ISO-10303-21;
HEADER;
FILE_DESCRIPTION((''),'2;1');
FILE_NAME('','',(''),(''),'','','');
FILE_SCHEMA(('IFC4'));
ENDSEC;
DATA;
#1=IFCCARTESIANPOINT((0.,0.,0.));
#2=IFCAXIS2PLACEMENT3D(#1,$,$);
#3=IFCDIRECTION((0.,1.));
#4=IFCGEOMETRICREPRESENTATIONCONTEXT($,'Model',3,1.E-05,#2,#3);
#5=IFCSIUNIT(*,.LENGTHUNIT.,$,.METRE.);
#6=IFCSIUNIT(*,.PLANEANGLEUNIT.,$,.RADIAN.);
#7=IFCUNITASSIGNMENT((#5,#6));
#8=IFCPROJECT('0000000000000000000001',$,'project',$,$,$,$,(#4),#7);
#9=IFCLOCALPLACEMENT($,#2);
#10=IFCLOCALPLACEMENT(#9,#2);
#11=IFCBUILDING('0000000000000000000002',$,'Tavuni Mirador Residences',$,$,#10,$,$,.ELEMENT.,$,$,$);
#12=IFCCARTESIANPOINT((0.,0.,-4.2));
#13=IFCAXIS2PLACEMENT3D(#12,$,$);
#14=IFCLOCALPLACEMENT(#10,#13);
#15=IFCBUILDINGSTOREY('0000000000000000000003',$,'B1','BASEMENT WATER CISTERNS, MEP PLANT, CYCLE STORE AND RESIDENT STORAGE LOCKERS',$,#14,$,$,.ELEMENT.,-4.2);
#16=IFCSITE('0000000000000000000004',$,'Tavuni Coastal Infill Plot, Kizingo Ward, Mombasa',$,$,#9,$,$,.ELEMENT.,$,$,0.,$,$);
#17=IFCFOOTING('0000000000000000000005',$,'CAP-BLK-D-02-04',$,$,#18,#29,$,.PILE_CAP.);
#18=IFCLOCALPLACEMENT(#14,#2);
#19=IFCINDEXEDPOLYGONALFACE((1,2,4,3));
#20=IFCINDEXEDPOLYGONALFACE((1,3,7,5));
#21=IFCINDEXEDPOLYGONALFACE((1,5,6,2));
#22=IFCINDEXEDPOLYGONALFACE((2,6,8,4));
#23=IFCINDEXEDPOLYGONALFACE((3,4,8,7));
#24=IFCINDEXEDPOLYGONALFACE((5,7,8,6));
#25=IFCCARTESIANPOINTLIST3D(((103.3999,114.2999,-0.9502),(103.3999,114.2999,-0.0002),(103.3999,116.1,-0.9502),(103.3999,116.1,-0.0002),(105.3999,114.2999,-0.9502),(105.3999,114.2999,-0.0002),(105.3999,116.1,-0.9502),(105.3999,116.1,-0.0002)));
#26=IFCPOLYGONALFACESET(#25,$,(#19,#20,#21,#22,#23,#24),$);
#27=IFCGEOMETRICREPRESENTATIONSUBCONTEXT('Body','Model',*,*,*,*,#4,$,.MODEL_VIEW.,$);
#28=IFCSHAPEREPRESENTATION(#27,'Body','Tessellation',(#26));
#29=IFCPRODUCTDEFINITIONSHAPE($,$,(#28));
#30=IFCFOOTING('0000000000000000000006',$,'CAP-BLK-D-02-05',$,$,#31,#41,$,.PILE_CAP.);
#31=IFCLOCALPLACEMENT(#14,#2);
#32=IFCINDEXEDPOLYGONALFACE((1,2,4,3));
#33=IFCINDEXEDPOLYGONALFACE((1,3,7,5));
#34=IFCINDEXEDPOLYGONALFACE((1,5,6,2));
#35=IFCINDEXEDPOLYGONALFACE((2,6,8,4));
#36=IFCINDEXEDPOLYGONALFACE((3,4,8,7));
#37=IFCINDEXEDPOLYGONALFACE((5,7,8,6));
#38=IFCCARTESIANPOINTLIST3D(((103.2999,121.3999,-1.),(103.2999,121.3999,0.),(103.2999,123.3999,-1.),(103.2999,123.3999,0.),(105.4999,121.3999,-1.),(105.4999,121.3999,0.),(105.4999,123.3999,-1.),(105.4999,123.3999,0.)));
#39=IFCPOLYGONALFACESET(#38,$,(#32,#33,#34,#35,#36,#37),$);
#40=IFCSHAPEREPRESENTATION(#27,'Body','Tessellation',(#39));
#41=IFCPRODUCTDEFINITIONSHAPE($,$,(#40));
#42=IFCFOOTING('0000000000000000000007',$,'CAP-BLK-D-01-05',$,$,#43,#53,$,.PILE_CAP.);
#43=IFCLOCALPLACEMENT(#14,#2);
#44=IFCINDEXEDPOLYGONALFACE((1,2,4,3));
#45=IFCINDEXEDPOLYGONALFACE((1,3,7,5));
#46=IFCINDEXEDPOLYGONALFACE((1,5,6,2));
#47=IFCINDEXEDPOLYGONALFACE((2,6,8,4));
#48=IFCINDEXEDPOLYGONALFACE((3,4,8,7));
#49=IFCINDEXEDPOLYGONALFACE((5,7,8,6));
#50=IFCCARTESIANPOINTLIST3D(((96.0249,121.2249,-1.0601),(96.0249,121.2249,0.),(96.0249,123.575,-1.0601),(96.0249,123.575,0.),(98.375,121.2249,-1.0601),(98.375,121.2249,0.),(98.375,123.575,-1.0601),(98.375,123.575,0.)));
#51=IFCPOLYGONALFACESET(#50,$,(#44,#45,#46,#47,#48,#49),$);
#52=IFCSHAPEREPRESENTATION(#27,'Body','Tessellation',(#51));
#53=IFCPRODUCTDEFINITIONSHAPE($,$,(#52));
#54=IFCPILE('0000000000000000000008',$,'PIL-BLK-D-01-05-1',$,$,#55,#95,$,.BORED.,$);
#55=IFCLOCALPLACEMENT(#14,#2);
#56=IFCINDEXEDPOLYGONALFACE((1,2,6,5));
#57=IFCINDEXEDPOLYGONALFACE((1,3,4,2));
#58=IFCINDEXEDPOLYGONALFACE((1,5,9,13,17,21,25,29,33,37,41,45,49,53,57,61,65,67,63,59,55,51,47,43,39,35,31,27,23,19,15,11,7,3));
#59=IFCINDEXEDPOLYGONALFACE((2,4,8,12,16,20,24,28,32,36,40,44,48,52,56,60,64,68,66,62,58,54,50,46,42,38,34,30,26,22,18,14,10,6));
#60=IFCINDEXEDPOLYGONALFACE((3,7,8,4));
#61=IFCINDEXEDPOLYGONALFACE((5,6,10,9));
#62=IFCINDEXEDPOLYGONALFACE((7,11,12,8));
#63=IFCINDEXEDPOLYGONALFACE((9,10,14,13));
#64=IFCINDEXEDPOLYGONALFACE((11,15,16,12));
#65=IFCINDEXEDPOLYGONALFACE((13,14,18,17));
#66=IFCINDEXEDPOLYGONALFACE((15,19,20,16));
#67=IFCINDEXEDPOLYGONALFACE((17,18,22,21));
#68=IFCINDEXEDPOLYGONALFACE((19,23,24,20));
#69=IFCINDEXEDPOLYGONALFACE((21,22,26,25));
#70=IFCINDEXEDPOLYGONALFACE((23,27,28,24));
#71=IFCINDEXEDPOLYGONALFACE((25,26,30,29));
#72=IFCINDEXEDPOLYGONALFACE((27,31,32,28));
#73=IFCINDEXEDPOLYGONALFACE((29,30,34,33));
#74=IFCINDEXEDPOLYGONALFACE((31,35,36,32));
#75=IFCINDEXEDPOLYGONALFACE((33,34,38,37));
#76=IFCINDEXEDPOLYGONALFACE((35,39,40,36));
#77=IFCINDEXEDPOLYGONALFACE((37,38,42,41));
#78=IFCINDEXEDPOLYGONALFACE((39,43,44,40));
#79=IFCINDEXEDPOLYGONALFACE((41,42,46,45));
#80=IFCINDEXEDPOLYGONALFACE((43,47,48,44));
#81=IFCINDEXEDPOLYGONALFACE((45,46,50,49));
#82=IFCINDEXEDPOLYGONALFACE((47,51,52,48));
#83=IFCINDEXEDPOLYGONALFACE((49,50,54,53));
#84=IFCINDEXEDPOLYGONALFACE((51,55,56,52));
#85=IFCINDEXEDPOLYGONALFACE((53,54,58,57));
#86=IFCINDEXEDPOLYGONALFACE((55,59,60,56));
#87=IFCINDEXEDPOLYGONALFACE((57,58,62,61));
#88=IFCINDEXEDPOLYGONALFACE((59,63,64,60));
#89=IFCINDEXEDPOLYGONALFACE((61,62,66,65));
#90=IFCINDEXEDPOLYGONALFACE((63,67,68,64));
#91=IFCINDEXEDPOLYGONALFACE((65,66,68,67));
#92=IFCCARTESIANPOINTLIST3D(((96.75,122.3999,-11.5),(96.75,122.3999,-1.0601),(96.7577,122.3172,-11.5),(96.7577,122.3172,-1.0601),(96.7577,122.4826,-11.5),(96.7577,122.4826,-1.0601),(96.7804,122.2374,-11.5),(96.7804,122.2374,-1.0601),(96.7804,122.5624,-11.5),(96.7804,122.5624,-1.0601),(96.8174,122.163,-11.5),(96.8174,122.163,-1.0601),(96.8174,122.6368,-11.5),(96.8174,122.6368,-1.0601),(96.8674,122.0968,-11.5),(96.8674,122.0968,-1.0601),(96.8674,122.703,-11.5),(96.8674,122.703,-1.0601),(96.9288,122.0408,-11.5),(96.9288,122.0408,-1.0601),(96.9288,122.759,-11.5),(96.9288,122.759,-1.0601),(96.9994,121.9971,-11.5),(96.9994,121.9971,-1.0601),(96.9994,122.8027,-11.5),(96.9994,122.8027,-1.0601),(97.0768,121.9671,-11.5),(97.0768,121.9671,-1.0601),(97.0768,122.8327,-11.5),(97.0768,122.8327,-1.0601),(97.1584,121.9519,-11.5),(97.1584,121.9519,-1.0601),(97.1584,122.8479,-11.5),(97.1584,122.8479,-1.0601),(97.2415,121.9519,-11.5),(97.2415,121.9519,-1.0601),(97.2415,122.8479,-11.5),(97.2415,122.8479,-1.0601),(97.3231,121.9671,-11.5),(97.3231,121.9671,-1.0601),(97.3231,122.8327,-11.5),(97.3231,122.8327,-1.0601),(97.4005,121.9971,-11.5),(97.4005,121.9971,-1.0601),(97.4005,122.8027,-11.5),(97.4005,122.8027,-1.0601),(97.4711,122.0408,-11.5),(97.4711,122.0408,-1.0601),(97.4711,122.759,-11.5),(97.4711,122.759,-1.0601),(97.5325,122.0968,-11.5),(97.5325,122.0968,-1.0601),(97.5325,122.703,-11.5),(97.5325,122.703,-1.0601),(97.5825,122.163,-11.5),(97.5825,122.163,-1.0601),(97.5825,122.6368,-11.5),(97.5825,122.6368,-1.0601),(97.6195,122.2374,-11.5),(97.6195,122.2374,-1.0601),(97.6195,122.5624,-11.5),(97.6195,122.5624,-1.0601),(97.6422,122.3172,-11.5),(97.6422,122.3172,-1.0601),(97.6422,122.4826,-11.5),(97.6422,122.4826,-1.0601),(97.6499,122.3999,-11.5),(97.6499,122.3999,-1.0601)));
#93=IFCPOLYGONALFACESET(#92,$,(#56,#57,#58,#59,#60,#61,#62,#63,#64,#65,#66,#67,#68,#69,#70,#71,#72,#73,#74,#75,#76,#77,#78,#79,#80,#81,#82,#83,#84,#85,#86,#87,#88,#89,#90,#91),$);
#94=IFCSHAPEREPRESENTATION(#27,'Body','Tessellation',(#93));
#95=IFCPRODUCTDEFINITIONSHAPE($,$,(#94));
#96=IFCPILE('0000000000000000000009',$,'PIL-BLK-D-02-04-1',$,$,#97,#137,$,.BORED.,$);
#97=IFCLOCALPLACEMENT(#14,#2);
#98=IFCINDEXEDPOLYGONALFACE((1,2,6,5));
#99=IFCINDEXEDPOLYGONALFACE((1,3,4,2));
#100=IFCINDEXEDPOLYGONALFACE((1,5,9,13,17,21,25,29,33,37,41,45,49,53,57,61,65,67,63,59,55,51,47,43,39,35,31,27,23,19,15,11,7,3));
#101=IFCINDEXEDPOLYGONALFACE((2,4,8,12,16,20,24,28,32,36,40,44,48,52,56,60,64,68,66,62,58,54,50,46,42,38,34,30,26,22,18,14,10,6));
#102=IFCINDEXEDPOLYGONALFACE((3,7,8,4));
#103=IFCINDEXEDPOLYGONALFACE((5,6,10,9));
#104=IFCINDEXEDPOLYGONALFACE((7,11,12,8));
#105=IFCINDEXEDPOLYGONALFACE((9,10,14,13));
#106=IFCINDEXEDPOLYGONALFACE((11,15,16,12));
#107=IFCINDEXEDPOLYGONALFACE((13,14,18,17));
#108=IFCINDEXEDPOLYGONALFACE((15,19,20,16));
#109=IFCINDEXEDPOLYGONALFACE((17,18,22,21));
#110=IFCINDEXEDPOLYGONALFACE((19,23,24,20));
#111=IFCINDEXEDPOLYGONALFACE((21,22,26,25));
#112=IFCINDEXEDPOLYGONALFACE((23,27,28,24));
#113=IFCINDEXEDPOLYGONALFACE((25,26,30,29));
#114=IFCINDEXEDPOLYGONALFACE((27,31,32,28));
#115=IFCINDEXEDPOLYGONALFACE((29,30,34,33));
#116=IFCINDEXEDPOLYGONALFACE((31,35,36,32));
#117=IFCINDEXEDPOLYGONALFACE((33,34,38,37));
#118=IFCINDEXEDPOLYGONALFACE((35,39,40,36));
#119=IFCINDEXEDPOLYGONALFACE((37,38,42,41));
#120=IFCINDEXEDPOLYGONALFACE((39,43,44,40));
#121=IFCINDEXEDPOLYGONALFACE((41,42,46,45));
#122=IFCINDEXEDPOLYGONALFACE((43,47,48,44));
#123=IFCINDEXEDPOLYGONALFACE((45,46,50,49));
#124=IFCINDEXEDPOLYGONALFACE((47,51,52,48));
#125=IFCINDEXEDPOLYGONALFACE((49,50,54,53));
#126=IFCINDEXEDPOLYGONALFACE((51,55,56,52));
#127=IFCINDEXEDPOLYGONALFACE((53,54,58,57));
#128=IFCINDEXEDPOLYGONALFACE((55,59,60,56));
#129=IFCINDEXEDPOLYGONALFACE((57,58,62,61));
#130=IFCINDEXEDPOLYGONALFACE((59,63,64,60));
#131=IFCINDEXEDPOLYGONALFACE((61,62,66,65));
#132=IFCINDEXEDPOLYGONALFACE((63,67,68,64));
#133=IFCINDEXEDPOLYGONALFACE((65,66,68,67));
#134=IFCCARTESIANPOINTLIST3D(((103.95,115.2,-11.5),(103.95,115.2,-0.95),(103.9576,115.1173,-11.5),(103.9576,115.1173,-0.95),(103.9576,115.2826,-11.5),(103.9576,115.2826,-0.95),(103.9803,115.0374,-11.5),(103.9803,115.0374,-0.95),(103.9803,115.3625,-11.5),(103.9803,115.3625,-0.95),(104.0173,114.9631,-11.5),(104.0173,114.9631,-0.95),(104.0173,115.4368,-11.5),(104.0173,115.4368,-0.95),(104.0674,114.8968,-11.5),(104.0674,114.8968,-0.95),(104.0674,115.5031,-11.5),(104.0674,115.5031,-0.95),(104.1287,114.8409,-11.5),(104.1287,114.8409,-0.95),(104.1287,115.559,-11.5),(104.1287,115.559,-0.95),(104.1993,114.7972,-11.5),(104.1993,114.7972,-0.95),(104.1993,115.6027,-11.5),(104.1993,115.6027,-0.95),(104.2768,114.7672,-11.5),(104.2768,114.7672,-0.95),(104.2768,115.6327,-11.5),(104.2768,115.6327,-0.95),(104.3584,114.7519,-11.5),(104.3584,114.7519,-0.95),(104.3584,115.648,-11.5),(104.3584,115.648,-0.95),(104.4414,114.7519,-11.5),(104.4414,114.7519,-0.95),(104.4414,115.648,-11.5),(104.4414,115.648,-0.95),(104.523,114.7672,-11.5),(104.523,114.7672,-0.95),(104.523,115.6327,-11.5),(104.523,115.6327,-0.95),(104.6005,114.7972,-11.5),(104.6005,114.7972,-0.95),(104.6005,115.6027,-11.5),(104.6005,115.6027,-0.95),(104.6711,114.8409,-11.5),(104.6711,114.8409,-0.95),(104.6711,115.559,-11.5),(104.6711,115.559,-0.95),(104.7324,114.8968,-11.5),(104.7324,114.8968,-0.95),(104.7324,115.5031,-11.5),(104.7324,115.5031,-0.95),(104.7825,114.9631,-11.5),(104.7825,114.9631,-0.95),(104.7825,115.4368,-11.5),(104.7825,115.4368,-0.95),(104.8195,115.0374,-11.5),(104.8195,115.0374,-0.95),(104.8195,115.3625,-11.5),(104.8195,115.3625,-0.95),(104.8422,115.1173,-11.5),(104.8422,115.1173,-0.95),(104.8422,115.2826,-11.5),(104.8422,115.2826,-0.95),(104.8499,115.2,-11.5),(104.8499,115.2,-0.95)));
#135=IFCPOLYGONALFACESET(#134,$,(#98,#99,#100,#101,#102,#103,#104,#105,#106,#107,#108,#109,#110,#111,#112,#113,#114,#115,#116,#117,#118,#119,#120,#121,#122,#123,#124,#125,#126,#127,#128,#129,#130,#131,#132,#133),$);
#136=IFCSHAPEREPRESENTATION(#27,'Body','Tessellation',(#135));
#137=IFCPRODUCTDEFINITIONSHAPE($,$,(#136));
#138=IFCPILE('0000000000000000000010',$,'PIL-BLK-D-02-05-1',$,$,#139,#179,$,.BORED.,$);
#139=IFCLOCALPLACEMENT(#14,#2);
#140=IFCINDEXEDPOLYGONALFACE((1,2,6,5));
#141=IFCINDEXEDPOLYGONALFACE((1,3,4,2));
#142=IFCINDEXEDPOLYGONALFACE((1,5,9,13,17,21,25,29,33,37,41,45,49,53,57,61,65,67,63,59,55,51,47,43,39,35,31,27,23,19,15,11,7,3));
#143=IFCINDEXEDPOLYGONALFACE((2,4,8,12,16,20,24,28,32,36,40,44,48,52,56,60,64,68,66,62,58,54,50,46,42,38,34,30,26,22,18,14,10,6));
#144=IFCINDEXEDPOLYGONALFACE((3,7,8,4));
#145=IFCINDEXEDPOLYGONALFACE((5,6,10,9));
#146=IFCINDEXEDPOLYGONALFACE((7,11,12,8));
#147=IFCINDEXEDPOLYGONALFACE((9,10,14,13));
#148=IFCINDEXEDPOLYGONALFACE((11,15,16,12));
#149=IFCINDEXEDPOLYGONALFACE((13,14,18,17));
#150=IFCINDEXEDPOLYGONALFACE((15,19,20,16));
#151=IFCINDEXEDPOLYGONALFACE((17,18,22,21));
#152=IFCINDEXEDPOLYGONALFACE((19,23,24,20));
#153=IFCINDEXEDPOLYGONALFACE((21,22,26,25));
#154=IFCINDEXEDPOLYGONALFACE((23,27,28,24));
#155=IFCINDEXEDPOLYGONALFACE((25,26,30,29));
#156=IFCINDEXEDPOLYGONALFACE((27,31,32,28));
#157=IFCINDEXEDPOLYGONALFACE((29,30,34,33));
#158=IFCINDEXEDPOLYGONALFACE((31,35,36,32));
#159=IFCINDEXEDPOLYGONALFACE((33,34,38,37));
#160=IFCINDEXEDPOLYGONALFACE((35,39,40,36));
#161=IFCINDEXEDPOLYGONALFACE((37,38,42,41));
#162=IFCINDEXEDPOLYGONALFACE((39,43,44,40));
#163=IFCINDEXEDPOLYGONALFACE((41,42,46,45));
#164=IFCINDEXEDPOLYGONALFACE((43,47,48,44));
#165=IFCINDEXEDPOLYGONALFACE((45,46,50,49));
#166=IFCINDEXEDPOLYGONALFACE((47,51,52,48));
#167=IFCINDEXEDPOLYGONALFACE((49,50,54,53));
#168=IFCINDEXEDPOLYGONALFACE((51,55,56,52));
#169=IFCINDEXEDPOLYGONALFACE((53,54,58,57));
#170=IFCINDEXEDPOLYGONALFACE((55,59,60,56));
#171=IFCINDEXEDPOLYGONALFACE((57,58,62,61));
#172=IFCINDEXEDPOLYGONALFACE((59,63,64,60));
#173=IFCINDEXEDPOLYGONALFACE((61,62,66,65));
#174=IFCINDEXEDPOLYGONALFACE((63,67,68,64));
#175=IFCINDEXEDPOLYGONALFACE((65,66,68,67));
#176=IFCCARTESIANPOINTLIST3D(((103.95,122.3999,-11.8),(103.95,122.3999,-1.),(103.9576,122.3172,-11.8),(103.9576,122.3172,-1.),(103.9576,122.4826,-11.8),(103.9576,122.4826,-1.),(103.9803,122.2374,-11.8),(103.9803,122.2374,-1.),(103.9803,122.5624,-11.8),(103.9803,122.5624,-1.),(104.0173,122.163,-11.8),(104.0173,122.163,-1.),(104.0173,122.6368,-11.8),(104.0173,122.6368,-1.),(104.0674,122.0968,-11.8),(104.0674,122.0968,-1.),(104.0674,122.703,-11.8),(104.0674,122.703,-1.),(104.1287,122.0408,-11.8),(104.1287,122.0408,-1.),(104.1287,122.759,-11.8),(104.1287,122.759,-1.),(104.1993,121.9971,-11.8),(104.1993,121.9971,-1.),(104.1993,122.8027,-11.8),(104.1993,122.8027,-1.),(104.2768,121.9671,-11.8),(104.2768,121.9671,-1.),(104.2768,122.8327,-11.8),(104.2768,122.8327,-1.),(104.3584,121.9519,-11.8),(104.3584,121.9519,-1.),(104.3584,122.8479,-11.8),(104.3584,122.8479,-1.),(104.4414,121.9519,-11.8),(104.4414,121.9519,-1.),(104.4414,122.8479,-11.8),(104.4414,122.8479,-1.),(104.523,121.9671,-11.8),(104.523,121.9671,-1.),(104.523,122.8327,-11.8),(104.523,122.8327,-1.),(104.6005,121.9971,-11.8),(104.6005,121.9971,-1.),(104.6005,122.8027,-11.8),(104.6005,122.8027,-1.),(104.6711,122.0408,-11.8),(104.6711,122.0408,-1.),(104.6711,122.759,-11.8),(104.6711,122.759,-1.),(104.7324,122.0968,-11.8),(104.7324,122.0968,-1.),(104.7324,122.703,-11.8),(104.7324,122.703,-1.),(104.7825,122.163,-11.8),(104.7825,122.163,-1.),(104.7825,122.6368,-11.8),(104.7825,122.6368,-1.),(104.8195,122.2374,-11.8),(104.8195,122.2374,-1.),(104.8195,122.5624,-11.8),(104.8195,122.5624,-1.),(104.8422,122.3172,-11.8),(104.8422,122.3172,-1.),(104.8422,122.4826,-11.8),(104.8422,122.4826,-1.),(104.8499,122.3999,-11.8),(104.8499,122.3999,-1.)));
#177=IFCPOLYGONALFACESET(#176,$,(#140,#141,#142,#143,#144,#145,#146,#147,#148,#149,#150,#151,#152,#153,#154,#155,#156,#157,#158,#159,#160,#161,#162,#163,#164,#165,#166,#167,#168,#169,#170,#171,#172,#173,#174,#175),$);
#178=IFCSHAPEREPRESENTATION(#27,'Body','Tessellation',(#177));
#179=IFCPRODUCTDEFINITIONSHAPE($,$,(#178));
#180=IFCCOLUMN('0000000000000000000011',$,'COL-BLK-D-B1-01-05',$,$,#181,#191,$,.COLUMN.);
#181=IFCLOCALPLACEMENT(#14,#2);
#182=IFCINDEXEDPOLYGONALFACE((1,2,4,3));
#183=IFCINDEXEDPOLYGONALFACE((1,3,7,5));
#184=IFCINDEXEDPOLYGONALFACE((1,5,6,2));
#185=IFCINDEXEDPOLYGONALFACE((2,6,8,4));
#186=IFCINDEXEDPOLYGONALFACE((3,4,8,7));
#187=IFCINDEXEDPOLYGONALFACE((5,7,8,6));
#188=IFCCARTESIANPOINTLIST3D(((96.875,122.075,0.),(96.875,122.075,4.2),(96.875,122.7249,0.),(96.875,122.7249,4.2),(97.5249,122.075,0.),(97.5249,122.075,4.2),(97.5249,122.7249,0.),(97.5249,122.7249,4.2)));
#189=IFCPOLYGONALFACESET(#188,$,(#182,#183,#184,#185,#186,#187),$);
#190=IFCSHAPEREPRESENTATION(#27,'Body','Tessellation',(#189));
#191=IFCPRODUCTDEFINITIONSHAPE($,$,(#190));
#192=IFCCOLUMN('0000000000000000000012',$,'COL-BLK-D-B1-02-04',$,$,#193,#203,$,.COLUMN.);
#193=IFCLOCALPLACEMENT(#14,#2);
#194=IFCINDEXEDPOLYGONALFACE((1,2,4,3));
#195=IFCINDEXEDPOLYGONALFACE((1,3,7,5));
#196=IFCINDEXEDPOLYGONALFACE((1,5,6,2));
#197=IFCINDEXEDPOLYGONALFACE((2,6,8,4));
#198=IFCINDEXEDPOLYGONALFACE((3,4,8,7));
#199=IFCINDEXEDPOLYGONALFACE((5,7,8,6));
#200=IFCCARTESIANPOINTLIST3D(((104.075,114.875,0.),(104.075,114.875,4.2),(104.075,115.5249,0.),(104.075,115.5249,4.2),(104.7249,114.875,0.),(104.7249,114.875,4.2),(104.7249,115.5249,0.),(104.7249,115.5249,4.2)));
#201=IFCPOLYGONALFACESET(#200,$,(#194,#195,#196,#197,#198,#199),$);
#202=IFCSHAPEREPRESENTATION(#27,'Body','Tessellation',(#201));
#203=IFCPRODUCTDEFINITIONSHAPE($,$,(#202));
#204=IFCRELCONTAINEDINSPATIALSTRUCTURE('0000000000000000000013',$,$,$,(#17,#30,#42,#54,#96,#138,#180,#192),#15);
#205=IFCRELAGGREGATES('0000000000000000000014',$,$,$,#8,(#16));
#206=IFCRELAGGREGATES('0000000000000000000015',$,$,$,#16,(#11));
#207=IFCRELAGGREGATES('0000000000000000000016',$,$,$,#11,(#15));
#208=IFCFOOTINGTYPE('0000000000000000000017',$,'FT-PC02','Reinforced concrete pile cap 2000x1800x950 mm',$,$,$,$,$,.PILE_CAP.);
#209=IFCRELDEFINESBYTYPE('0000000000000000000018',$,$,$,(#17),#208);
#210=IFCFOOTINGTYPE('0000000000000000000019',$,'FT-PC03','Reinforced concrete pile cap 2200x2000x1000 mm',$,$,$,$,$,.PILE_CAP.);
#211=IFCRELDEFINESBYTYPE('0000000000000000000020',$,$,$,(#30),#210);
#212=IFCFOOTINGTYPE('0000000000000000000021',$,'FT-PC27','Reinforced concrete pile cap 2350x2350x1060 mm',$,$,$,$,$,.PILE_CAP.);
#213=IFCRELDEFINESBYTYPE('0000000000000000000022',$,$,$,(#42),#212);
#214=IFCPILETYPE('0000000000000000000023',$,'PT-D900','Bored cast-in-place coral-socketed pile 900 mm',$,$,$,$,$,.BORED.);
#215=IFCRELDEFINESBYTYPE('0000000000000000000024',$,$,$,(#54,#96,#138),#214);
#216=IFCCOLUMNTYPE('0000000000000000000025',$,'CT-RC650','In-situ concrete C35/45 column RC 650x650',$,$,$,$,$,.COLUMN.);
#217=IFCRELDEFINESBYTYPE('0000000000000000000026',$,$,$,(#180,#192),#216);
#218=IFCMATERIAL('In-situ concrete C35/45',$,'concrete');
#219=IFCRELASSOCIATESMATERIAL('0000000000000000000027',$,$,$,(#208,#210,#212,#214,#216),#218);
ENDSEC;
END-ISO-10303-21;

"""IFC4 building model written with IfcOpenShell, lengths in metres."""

from ifc_helpers import new_model, si_unit, direction, frame, origin, origin_2d, place, context, subcontext, project, spatial, rectangle, circle, extrude, material, material_profile, profile_set, type_object, element, save


model = new_model("IFC4")

# Units and contexts
model_context = context("Model", 3, precision=1e-05, world=origin(), true_north=direction((0.0, 1.0)))
body_context = subcontext(model_context, "Body", "Model", "MODEL_VIEW")
ifc_project = project(units=[si_unit("LENGTHUNIT", "METRE"), si_unit("PLANEANGLEUNIT", "RADIAN")], contexts=[model_context])

# Site, building, storey
site_placement = place(None, origin())
site = spatial("IfcSite", under=ifc_project, at=site_placement, Name="Tavuni Coastal Infill Plot, Kizingo Ward, Mombasa", CompositionType="ELEMENT", RefElevation=0.0)
building_placement = place(site_placement, origin())
building = spatial("IfcBuilding", under=site, at=building_placement, Name="Tavuni Mirador Residences", CompositionType="ELEMENT")
storey_placement = place(building_placement, frame((0.0, 0.0, -4.2)))
storey = spatial("IfcBuildingStorey", under=building, at=storey_placement, Name="B1", Description="BASEMENT WATER CISTERNS, MEP PLANT, CYCLE STORE AND RESIDENT STORAGE LOCKERS", CompositionType="ELEMENT", Elevation=-4.2)

# Footings
ifc_material_1 = material(Name="In-situ concrete C35/45", Category="concrete")
footing_type_1 = type_object("IfcFootingType", Name="FT-PC02", Description="Reinforced concrete pile cap 2000x1800x950 mm", PredefinedType="PILE_CAP", material=ifc_material_1)
footing_1_placement = place(storey_placement, frame((104.3999, 115.2, -0.9502), z_axis=(0.0, 0.0, 1.0), x_axis=(1.0, 0.0, 0.0)))
element("IfcFooting", 1, at=footing_1_placement, inside=storey, type_object=footing_type_1, Name="CAP-BLK-D-02-04", PredefinedType="PILE_CAP", context=body_context, shape_type="SweptSolid", body=[
    extrude(rectangle(XDim=2.0, YDim=1.8, at=origin_2d()), origin(), (0.0, 0.0, 1.0), 0.95),
])
footing_type_2 = type_object("IfcFootingType", Name="FT-PC03", Description="Reinforced concrete pile cap 2200x2000x1000 mm", PredefinedType="PILE_CAP", material=ifc_material_1)
footing_2_placement = place(storey_placement, frame((104.3999, 122.3999, -1.0), z_axis=(0.0, 0.0, 1.0), x_axis=(1.0, 0.0, 0.0)))
element("IfcFooting", 2, at=footing_2_placement, inside=storey, type_object=footing_type_2, Name="CAP-BLK-D-02-05", PredefinedType="PILE_CAP", context=body_context, shape_type="SweptSolid", body=[
    extrude(rectangle(XDim=2.2, YDim=2.0, at=origin_2d()), origin(), (0.0, 0.0, 1.0), 1.0),
])
footing_type_3 = type_object("IfcFootingType", Name="FT-PC27", Description="Reinforced concrete pile cap 2350x2350x1060 mm", PredefinedType="PILE_CAP", material=ifc_material_1)
footing_3_placement = place(storey_placement, frame((97.2, 122.3999, -1.0601), z_axis=(0.0, 0.0, 1.0), x_axis=(1.0, 0.0, 0.0)))
element("IfcFooting", 3, at=footing_3_placement, inside=storey, type_object=footing_type_3, Name="CAP-BLK-D-01-05", PredefinedType="PILE_CAP", context=body_context, shape_type="SweptSolid", body=[
    extrude(rectangle(XDim=2.3501, YDim=2.3501, at=origin_2d()), origin(), (0.0, 0.0, 1.0), 1.0601),
])

# Piles
ifc_material_profile_1 = material_profile(ifc_material_1, circle(Radius=0.45, at=origin_2d()), Name="PILE D900", Category="concrete")
ifc_profile_set_1 = profile_set([ifc_material_profile_1], Name="In-situ concrete C35/45")
pile_type = type_object("IfcPileType", Name="PT-D900", Description="Bored cast-in-place coral-socketed pile 900 mm", PredefinedType="BORED", material=ifc_profile_set_1)
pile_1_placement = place(storey_placement, frame((97.2, 122.3999, -1.0601), z_axis=(0.0, 0.0, -1.0), x_axis=(1.0, 0.0, 0.0)))
element("IfcPile", 4, at=pile_1_placement, inside=storey, type_object=pile_type, Name="PIL-BLK-D-01-05-1", PredefinedType="BORED", context=body_context, shape_type="SweptSolid", body=[
    extrude(circle(Radius=0.45, at=origin_2d()), origin(), (0.0, 0.0, 1.0), 10.4399),
])
pile_2_placement = place(storey_placement, frame((104.3999, 115.2, -0.95), z_axis=(0.0, 0.0, -1.0), x_axis=(1.0, 0.0, 0.0)))
element("IfcPile", 5, at=pile_2_placement, inside=storey, type_object=pile_type, Name="PIL-BLK-D-02-04-1", PredefinedType="BORED", context=body_context, shape_type="SweptSolid", body=[
    extrude(circle(Radius=0.45, at=origin_2d()), origin(), (0.0, 0.0, 1.0), 10.55),
])
pile_3_placement = place(storey_placement, frame((104.3999, 122.3999, -1.0), z_axis=(0.0, 0.0, -1.0), x_axis=(1.0, 0.0, 0.0)))
element("IfcPile", 6, at=pile_3_placement, inside=storey, type_object=pile_type, Name="PIL-BLK-D-02-05-1", PredefinedType="BORED", context=body_context, shape_type="SweptSolid", body=[
    extrude(circle(Radius=0.45, at=origin_2d()), origin(), (0.0, 0.0, 1.0), 10.8),
])

# Columns
ifc_material_profile_2 = material_profile(ifc_material_1, rectangle(XDim=0.6499, YDim=0.6499, at=origin_2d()), Name="RC 650x650", Category="concrete")
ifc_profile_set_2 = profile_set([ifc_material_profile_2], Name="In-situ concrete C35/45")
column_type = type_object("IfcColumnType", Name="CT-RC650", Description="In-situ concrete C35/45 column RC 650x650", PredefinedType="COLUMN", material=ifc_profile_set_2)
for number, where, z_axis, x_axis, name in (
    (7, (97.2, 122.3999, 0.0), (0.0, 0.0, 1.0), (1.0, 0.0, 0.0), "COL-BLK-D-B1-01-05"),
    (8, (104.3999, 115.2, 0.0), (0.0, 0.0, 1.0), (1.0, 0.0, 0.0), "COL-BLK-D-B1-02-04"),
):
    element("IfcColumn", number, at=place(storey_placement, frame(where, z_axis=z_axis, x_axis=x_axis)), inside=storey, type_object=column_type, Name=name, PredefinedType="COLUMN", context=body_context, shape_type="SweptSolid", body=[
        extrude(rectangle(XDim=0.6499, YDim=0.6499, at=origin_2d()), origin(), (0.0, 0.0, 1.0), 4.2),
    ])

save(model, "model.ifc")
